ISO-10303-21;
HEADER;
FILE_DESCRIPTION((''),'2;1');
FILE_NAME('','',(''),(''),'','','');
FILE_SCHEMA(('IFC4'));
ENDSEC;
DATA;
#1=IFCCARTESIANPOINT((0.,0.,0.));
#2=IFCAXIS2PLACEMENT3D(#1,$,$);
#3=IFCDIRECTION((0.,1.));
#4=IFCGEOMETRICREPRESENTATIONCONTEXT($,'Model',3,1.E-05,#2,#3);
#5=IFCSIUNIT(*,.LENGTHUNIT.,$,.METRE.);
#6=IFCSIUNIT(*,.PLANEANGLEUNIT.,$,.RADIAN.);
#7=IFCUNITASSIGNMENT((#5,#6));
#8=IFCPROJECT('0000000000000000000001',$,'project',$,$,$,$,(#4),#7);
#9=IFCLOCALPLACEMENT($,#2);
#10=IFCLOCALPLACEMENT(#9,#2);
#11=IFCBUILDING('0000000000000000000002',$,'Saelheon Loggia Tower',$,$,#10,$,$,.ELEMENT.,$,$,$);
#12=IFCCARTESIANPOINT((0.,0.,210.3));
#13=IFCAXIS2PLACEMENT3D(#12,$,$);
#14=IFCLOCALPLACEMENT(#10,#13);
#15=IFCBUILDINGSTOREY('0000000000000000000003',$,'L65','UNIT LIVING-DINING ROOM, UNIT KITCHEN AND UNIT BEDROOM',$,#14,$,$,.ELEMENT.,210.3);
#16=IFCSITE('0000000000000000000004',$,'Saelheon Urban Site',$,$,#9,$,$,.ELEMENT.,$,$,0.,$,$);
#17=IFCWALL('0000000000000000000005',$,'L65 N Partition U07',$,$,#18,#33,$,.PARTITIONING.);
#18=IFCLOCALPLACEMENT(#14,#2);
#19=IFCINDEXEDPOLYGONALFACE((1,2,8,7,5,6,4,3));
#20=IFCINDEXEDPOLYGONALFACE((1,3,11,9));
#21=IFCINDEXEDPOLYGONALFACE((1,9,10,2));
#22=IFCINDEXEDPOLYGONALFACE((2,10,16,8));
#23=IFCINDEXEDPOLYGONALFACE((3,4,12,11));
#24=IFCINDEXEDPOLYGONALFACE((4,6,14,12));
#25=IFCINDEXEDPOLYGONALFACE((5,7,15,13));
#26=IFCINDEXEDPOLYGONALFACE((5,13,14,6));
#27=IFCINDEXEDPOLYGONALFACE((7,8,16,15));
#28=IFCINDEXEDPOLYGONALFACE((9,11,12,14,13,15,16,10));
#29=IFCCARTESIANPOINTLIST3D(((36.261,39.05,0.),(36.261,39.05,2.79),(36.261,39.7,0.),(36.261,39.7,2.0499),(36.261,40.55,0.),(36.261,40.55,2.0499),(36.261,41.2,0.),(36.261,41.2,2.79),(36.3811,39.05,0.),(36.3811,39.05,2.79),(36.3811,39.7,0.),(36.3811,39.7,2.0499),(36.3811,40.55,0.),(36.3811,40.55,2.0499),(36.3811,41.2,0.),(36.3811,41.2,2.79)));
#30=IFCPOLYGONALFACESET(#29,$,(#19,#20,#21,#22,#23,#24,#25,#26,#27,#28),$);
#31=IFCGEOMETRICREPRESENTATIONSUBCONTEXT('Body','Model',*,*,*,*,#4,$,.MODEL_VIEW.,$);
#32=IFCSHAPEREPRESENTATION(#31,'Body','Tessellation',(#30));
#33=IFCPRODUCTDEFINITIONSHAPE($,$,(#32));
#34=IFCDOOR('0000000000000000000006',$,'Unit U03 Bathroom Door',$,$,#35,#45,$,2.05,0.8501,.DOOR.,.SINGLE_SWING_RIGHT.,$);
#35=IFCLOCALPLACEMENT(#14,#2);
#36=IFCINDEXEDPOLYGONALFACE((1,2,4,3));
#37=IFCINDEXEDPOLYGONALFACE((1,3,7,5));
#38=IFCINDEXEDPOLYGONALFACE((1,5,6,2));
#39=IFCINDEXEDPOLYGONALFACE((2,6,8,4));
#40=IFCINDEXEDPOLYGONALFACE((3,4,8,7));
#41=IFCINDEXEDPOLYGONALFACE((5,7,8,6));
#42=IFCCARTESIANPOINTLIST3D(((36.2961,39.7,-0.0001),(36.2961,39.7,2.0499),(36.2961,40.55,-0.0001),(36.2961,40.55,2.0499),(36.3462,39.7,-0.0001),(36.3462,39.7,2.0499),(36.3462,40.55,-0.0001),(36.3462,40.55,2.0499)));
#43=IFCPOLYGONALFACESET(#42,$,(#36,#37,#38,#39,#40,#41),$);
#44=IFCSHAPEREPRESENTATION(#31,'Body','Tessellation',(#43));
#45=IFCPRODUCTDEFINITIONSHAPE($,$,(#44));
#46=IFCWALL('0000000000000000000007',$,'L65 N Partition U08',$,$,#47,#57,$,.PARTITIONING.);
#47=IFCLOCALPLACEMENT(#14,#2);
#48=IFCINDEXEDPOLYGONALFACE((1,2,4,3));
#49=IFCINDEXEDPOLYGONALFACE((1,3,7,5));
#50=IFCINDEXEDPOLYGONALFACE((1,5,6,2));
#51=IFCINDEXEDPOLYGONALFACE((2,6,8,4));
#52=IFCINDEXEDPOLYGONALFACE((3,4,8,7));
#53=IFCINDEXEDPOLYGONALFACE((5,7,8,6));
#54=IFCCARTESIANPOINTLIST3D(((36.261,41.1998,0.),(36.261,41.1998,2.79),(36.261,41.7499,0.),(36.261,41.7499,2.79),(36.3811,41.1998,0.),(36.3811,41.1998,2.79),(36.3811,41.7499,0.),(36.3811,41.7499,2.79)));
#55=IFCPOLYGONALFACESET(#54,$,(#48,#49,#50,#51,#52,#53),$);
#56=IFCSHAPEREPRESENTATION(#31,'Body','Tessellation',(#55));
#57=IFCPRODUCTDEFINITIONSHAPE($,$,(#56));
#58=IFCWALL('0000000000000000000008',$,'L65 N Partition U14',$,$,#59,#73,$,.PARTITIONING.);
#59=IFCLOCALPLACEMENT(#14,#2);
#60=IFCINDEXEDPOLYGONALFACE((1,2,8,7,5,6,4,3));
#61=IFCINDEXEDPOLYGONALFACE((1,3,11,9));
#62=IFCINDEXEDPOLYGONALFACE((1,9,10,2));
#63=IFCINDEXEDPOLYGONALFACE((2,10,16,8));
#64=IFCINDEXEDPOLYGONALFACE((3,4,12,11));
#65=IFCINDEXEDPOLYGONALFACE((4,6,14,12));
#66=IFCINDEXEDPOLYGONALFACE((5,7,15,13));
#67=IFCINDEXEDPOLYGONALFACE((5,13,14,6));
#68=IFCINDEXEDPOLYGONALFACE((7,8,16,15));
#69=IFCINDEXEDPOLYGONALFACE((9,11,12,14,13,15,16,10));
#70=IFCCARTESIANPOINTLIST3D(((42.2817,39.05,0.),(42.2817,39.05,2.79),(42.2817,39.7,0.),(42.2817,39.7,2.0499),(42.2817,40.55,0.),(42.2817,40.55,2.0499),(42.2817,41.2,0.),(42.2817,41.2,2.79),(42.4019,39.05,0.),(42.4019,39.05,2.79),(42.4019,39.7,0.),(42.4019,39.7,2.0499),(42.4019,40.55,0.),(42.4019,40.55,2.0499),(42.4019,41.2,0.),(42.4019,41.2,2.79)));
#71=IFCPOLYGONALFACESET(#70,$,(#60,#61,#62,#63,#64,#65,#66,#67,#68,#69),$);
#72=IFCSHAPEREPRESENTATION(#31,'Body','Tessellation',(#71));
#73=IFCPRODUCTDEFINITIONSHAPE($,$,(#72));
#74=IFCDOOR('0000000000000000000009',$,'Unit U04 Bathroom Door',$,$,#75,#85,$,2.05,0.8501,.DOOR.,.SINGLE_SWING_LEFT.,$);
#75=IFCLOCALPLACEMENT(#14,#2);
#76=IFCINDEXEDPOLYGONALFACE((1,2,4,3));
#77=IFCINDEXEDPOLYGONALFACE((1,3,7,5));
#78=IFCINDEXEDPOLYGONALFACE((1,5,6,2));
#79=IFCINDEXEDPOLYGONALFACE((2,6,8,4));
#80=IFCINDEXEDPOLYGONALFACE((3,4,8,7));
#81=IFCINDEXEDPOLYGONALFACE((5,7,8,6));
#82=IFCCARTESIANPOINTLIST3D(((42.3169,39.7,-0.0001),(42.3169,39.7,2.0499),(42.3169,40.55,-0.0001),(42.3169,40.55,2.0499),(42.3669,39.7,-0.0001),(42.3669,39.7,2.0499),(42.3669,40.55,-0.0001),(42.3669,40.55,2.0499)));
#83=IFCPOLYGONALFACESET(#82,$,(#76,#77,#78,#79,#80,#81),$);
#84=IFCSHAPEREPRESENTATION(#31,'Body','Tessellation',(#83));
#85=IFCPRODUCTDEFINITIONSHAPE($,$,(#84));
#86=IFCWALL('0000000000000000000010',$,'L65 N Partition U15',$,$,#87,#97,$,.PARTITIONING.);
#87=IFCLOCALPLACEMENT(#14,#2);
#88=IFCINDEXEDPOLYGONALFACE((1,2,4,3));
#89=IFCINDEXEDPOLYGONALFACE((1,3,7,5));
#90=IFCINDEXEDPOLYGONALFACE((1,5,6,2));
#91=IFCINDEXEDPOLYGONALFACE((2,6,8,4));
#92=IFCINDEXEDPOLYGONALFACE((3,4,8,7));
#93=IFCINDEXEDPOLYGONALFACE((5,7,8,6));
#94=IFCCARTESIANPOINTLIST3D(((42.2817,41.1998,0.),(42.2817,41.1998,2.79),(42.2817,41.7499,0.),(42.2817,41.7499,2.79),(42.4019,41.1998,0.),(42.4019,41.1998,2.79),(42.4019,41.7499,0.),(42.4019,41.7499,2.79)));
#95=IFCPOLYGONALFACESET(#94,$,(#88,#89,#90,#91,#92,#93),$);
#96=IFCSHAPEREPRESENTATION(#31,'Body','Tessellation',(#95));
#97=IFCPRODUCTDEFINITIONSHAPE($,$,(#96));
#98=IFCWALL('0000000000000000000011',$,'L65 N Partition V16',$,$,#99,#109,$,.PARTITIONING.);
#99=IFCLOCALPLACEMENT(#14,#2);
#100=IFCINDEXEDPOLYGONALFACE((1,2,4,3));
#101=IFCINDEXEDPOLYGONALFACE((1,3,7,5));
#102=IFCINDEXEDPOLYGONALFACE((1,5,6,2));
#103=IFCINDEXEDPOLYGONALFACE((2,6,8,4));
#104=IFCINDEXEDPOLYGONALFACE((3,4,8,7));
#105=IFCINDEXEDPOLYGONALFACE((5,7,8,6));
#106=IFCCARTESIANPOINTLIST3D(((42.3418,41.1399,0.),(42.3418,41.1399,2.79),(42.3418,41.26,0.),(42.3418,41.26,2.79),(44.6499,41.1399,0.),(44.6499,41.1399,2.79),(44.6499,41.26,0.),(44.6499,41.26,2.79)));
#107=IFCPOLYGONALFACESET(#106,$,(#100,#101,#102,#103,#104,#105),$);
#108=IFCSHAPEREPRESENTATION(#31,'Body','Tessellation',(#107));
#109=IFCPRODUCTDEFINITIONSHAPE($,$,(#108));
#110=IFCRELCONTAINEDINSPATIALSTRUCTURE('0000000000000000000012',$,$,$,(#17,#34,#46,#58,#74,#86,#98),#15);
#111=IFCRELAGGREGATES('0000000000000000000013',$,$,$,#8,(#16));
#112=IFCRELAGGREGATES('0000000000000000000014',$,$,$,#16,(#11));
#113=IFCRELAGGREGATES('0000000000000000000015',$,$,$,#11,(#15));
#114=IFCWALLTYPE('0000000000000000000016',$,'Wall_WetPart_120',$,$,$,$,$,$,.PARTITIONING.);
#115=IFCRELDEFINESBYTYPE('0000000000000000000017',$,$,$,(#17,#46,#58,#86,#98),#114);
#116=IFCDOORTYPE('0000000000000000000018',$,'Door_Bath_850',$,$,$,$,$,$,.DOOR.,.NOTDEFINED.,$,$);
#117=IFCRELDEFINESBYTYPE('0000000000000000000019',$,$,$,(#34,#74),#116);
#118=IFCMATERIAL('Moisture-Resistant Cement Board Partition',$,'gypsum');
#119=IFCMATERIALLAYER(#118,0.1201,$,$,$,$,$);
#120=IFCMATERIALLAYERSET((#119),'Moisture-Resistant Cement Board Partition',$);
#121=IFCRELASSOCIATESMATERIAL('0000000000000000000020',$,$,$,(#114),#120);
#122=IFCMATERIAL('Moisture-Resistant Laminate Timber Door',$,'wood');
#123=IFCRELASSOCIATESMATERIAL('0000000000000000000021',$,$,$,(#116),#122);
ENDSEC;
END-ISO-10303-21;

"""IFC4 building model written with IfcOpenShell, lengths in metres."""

from ifc_helpers import new_model, si_unit, direction, frame, frame_2d, origin, place, context, subcontext, project, spatial, rectangle, extrude, source, transform, mapped, material, layer, layer_set, type_object, element, fill, save


model = new_model("IFC4")

# Units and contexts
model_context = context("Model", 3, precision=1e-05, world=origin(), true_north=direction((0.0, 1.0)))
body_context = subcontext(model_context, "Body", "Model", "MODEL_VIEW")
ifc_project = project(units=[si_unit("LENGTHUNIT", "METRE"), si_unit("PLANEANGLEUNIT", "RADIAN")], contexts=[model_context])

# Site, building, storey
site_placement = place(None, origin())
site = spatial("IfcSite", under=ifc_project, at=site_placement, Name="Saelheon Urban Site", CompositionType="ELEMENT", RefElevation=0.0)
building_placement = place(site_placement, origin())
building = spatial("IfcBuilding", under=site, at=building_placement, Name="Saelheon Loggia Tower", CompositionType="ELEMENT")
storey_placement = place(building_placement, frame((0.0, 0.0, 210.3)))
storey = spatial("IfcBuildingStorey", under=building, at=storey_placement, Name="L65", Description="UNIT LIVING-DINING ROOM, UNIT KITCHEN AND UNIT BEDROOM", CompositionType="ELEMENT", Elevation=210.3)

# Wall, opening, door
ifc_material_1 = material(Name="Moisture-Resistant Cement Board Partition", Category="gypsum")
ifc_layer_1 = layer(ifc_material_1, 0.1201)
ifc_layer_set_1 = layer_set([ifc_layer_1], Name="Moisture-Resistant Cement Board Partition")
wall_type_1 = type_object("IfcWallType", Name="Wall_WetPart_120", PredefinedType="PARTITIONING", material=ifc_layer_set_1)
wall_1_placement = place(storey_placement, frame((36.321, 39.05, 0.0), z_axis=(0.0, 0.0, 1.0), x_axis=(0.0, 1.0, 0.0)))
wall_1 = element("IfcWall", 1, at=wall_1_placement, inside=storey, type_object=wall_type_1, Name="L65 N Partition U07", PredefinedType="PARTITIONING", context=body_context, shape_type="SweptSolid", body=[
    extrude(rectangle(XDim=2.1499, YDim=0.1201, at=frame_2d((1.075, 0.0))), origin(), (0.0, 0.0, 1.0), 2.79),
])
opening_1_placement = place(wall_1_placement, frame((0.6499, 0.0, 0.0)))
opening_1 = element("IfcOpeningElement", 2, at=opening_1_placement, cuts=wall_1, PredefinedType="OPENING", context=body_context, shape_type="SweptSolid", body=[
    extrude(rectangle(XDim=0.8501, YDim=2.05, at=frame_2d((0.425, 1.0249))), frame((0.0, 0.072, 0.0), z_axis=(0.0, -1.0, 0.0), x_axis=(1.0, 0.0, 0.0)), (0.0, 0.0, 1.0), 0.144),
])
ifc_material_2 = material(Name="Moisture-Resistant Laminate Timber Door", Category="wood")
door_type_1 = type_object("IfcDoorType", Name="Door_Bath_850", OperationType="NOTDEFINED", PredefinedType="DOOR", material=ifc_material_2)
shared_shape_1 = source(origin(), body_context, "Body", "SweptSolid", [
    extrude(rectangle(XDim=0.8501, YDim=2.05, at=frame_2d((0.425, 1.0249))), frame((0.0, 0.0249, 0.0), z_axis=(0.0, -1.0, 0.0), x_axis=(1.0, 0.0, 0.0)), (0.0, 0.0, 1.0), 0.05),
])
door_1_placement = place(opening_1_placement, origin())
door_1 = element("IfcDoor", 3, at=door_1_placement, inside=storey, type_object=door_type_1, Name="Unit U03 Bathroom Door", OperationType="SINGLE_SWING_RIGHT", OverallHeight=2.05, OverallWidth=0.8501, PredefinedType="DOOR", context=body_context, shape_type="MappedRepresentation", body=[
    mapped(shared_shape_1, transform((0.0, 0.0, 0.0), scale=1.0)),
])
fill(opening_1, door_1)

# Wall
wall_2_placement = place(storey_placement, frame((36.321, 41.2, 0.0), z_axis=(0.0, 0.0, 1.0), x_axis=(0.0, 1.0, 0.0)))
element("IfcWall", 4, at=wall_2_placement, inside=storey, type_object=wall_type_1, Name="L65 N Partition U08", PredefinedType="PARTITIONING", context=body_context, shape_type="SweptSolid", body=[
    extrude(rectangle(XDim=0.55, YDim=0.1201, at=frame_2d((0.2749, 0.0))), origin(), (0.0, 0.0, 1.0), 2.79),
])

# Wall, opening, door
wall_3_placement = place(storey_placement, frame((42.3418, 39.05, 0.0), z_axis=(0.0, 0.0, 1.0), x_axis=(0.0, 1.0, 0.0)))
wall_3 = element("IfcWall", 5, at=wall_3_placement, inside=storey, type_object=wall_type_1, Name="L65 N Partition U14", PredefinedType="PARTITIONING", context=body_context, shape_type="SweptSolid", body=[
    extrude(rectangle(XDim=2.1499, YDim=0.1201, at=frame_2d((1.075, 0.0))), origin(), (0.0, 0.0, 1.0), 2.79),
])
opening_2_placement = place(wall_3_placement, frame((0.6499, 0.0, 0.0)))
opening_2 = element("IfcOpeningElement", 6, at=opening_2_placement, cuts=wall_3, PredefinedType="OPENING", context=body_context, shape_type="SweptSolid", body=[
    extrude(rectangle(XDim=0.8501, YDim=2.05, at=frame_2d((0.425, 1.0249))), frame((0.0, 0.072, 0.0), z_axis=(0.0, -1.0, 0.0), x_axis=(1.0, 0.0, 0.0)), (0.0, 0.0, 1.0), 0.144),
])
door_2_placement = place(opening_2_placement, origin())
door_2 = element("IfcDoor", 7, at=door_2_placement, inside=storey, type_object=door_type_1, Name="Unit U04 Bathroom Door", OperationType="SINGLE_SWING_LEFT", OverallHeight=2.05, OverallWidth=0.8501, PredefinedType="DOOR", context=body_context, shape_type="MappedRepresentation", body=[
    mapped(shared_shape_1, transform((0.0, 0.0, 0.0), scale=1.0)),
])
fill(opening_2, door_2)

# Walls
wall_4_placement = place(storey_placement, frame((42.3418, 41.2, 0.0), z_axis=(0.0, 0.0, 1.0), x_axis=(0.0, 1.0, 0.0)))
element("IfcWall", 8, at=wall_4_placement, inside=storey, type_object=wall_type_1, Name="L65 N Partition U15", PredefinedType="PARTITIONING", context=body_context, shape_type="SweptSolid", body=[
    extrude(rectangle(XDim=0.55, YDim=0.1201, at=frame_2d((0.2749, 0.0))), origin(), (0.0, 0.0, 1.0), 2.79),
])
wall_5_placement = place(storey_placement, frame((42.3418, 41.2, 0.0), z_axis=(0.0, 0.0, 1.0), x_axis=(1.0, 0.0, 0.0)))
element("IfcWall", 9, at=wall_5_placement, inside=storey, type_object=wall_type_1, Name="L65 N Partition V16", PredefinedType="PARTITIONING", context=body_context, shape_type="SweptSolid", body=[
    extrude(rectangle(XDim=2.3081, YDim=0.1201, at=frame_2d((1.1541, 0.0))), origin(), (0.0, 0.0, 1.0), 2.79),
])

save(model, "model.ifc")
